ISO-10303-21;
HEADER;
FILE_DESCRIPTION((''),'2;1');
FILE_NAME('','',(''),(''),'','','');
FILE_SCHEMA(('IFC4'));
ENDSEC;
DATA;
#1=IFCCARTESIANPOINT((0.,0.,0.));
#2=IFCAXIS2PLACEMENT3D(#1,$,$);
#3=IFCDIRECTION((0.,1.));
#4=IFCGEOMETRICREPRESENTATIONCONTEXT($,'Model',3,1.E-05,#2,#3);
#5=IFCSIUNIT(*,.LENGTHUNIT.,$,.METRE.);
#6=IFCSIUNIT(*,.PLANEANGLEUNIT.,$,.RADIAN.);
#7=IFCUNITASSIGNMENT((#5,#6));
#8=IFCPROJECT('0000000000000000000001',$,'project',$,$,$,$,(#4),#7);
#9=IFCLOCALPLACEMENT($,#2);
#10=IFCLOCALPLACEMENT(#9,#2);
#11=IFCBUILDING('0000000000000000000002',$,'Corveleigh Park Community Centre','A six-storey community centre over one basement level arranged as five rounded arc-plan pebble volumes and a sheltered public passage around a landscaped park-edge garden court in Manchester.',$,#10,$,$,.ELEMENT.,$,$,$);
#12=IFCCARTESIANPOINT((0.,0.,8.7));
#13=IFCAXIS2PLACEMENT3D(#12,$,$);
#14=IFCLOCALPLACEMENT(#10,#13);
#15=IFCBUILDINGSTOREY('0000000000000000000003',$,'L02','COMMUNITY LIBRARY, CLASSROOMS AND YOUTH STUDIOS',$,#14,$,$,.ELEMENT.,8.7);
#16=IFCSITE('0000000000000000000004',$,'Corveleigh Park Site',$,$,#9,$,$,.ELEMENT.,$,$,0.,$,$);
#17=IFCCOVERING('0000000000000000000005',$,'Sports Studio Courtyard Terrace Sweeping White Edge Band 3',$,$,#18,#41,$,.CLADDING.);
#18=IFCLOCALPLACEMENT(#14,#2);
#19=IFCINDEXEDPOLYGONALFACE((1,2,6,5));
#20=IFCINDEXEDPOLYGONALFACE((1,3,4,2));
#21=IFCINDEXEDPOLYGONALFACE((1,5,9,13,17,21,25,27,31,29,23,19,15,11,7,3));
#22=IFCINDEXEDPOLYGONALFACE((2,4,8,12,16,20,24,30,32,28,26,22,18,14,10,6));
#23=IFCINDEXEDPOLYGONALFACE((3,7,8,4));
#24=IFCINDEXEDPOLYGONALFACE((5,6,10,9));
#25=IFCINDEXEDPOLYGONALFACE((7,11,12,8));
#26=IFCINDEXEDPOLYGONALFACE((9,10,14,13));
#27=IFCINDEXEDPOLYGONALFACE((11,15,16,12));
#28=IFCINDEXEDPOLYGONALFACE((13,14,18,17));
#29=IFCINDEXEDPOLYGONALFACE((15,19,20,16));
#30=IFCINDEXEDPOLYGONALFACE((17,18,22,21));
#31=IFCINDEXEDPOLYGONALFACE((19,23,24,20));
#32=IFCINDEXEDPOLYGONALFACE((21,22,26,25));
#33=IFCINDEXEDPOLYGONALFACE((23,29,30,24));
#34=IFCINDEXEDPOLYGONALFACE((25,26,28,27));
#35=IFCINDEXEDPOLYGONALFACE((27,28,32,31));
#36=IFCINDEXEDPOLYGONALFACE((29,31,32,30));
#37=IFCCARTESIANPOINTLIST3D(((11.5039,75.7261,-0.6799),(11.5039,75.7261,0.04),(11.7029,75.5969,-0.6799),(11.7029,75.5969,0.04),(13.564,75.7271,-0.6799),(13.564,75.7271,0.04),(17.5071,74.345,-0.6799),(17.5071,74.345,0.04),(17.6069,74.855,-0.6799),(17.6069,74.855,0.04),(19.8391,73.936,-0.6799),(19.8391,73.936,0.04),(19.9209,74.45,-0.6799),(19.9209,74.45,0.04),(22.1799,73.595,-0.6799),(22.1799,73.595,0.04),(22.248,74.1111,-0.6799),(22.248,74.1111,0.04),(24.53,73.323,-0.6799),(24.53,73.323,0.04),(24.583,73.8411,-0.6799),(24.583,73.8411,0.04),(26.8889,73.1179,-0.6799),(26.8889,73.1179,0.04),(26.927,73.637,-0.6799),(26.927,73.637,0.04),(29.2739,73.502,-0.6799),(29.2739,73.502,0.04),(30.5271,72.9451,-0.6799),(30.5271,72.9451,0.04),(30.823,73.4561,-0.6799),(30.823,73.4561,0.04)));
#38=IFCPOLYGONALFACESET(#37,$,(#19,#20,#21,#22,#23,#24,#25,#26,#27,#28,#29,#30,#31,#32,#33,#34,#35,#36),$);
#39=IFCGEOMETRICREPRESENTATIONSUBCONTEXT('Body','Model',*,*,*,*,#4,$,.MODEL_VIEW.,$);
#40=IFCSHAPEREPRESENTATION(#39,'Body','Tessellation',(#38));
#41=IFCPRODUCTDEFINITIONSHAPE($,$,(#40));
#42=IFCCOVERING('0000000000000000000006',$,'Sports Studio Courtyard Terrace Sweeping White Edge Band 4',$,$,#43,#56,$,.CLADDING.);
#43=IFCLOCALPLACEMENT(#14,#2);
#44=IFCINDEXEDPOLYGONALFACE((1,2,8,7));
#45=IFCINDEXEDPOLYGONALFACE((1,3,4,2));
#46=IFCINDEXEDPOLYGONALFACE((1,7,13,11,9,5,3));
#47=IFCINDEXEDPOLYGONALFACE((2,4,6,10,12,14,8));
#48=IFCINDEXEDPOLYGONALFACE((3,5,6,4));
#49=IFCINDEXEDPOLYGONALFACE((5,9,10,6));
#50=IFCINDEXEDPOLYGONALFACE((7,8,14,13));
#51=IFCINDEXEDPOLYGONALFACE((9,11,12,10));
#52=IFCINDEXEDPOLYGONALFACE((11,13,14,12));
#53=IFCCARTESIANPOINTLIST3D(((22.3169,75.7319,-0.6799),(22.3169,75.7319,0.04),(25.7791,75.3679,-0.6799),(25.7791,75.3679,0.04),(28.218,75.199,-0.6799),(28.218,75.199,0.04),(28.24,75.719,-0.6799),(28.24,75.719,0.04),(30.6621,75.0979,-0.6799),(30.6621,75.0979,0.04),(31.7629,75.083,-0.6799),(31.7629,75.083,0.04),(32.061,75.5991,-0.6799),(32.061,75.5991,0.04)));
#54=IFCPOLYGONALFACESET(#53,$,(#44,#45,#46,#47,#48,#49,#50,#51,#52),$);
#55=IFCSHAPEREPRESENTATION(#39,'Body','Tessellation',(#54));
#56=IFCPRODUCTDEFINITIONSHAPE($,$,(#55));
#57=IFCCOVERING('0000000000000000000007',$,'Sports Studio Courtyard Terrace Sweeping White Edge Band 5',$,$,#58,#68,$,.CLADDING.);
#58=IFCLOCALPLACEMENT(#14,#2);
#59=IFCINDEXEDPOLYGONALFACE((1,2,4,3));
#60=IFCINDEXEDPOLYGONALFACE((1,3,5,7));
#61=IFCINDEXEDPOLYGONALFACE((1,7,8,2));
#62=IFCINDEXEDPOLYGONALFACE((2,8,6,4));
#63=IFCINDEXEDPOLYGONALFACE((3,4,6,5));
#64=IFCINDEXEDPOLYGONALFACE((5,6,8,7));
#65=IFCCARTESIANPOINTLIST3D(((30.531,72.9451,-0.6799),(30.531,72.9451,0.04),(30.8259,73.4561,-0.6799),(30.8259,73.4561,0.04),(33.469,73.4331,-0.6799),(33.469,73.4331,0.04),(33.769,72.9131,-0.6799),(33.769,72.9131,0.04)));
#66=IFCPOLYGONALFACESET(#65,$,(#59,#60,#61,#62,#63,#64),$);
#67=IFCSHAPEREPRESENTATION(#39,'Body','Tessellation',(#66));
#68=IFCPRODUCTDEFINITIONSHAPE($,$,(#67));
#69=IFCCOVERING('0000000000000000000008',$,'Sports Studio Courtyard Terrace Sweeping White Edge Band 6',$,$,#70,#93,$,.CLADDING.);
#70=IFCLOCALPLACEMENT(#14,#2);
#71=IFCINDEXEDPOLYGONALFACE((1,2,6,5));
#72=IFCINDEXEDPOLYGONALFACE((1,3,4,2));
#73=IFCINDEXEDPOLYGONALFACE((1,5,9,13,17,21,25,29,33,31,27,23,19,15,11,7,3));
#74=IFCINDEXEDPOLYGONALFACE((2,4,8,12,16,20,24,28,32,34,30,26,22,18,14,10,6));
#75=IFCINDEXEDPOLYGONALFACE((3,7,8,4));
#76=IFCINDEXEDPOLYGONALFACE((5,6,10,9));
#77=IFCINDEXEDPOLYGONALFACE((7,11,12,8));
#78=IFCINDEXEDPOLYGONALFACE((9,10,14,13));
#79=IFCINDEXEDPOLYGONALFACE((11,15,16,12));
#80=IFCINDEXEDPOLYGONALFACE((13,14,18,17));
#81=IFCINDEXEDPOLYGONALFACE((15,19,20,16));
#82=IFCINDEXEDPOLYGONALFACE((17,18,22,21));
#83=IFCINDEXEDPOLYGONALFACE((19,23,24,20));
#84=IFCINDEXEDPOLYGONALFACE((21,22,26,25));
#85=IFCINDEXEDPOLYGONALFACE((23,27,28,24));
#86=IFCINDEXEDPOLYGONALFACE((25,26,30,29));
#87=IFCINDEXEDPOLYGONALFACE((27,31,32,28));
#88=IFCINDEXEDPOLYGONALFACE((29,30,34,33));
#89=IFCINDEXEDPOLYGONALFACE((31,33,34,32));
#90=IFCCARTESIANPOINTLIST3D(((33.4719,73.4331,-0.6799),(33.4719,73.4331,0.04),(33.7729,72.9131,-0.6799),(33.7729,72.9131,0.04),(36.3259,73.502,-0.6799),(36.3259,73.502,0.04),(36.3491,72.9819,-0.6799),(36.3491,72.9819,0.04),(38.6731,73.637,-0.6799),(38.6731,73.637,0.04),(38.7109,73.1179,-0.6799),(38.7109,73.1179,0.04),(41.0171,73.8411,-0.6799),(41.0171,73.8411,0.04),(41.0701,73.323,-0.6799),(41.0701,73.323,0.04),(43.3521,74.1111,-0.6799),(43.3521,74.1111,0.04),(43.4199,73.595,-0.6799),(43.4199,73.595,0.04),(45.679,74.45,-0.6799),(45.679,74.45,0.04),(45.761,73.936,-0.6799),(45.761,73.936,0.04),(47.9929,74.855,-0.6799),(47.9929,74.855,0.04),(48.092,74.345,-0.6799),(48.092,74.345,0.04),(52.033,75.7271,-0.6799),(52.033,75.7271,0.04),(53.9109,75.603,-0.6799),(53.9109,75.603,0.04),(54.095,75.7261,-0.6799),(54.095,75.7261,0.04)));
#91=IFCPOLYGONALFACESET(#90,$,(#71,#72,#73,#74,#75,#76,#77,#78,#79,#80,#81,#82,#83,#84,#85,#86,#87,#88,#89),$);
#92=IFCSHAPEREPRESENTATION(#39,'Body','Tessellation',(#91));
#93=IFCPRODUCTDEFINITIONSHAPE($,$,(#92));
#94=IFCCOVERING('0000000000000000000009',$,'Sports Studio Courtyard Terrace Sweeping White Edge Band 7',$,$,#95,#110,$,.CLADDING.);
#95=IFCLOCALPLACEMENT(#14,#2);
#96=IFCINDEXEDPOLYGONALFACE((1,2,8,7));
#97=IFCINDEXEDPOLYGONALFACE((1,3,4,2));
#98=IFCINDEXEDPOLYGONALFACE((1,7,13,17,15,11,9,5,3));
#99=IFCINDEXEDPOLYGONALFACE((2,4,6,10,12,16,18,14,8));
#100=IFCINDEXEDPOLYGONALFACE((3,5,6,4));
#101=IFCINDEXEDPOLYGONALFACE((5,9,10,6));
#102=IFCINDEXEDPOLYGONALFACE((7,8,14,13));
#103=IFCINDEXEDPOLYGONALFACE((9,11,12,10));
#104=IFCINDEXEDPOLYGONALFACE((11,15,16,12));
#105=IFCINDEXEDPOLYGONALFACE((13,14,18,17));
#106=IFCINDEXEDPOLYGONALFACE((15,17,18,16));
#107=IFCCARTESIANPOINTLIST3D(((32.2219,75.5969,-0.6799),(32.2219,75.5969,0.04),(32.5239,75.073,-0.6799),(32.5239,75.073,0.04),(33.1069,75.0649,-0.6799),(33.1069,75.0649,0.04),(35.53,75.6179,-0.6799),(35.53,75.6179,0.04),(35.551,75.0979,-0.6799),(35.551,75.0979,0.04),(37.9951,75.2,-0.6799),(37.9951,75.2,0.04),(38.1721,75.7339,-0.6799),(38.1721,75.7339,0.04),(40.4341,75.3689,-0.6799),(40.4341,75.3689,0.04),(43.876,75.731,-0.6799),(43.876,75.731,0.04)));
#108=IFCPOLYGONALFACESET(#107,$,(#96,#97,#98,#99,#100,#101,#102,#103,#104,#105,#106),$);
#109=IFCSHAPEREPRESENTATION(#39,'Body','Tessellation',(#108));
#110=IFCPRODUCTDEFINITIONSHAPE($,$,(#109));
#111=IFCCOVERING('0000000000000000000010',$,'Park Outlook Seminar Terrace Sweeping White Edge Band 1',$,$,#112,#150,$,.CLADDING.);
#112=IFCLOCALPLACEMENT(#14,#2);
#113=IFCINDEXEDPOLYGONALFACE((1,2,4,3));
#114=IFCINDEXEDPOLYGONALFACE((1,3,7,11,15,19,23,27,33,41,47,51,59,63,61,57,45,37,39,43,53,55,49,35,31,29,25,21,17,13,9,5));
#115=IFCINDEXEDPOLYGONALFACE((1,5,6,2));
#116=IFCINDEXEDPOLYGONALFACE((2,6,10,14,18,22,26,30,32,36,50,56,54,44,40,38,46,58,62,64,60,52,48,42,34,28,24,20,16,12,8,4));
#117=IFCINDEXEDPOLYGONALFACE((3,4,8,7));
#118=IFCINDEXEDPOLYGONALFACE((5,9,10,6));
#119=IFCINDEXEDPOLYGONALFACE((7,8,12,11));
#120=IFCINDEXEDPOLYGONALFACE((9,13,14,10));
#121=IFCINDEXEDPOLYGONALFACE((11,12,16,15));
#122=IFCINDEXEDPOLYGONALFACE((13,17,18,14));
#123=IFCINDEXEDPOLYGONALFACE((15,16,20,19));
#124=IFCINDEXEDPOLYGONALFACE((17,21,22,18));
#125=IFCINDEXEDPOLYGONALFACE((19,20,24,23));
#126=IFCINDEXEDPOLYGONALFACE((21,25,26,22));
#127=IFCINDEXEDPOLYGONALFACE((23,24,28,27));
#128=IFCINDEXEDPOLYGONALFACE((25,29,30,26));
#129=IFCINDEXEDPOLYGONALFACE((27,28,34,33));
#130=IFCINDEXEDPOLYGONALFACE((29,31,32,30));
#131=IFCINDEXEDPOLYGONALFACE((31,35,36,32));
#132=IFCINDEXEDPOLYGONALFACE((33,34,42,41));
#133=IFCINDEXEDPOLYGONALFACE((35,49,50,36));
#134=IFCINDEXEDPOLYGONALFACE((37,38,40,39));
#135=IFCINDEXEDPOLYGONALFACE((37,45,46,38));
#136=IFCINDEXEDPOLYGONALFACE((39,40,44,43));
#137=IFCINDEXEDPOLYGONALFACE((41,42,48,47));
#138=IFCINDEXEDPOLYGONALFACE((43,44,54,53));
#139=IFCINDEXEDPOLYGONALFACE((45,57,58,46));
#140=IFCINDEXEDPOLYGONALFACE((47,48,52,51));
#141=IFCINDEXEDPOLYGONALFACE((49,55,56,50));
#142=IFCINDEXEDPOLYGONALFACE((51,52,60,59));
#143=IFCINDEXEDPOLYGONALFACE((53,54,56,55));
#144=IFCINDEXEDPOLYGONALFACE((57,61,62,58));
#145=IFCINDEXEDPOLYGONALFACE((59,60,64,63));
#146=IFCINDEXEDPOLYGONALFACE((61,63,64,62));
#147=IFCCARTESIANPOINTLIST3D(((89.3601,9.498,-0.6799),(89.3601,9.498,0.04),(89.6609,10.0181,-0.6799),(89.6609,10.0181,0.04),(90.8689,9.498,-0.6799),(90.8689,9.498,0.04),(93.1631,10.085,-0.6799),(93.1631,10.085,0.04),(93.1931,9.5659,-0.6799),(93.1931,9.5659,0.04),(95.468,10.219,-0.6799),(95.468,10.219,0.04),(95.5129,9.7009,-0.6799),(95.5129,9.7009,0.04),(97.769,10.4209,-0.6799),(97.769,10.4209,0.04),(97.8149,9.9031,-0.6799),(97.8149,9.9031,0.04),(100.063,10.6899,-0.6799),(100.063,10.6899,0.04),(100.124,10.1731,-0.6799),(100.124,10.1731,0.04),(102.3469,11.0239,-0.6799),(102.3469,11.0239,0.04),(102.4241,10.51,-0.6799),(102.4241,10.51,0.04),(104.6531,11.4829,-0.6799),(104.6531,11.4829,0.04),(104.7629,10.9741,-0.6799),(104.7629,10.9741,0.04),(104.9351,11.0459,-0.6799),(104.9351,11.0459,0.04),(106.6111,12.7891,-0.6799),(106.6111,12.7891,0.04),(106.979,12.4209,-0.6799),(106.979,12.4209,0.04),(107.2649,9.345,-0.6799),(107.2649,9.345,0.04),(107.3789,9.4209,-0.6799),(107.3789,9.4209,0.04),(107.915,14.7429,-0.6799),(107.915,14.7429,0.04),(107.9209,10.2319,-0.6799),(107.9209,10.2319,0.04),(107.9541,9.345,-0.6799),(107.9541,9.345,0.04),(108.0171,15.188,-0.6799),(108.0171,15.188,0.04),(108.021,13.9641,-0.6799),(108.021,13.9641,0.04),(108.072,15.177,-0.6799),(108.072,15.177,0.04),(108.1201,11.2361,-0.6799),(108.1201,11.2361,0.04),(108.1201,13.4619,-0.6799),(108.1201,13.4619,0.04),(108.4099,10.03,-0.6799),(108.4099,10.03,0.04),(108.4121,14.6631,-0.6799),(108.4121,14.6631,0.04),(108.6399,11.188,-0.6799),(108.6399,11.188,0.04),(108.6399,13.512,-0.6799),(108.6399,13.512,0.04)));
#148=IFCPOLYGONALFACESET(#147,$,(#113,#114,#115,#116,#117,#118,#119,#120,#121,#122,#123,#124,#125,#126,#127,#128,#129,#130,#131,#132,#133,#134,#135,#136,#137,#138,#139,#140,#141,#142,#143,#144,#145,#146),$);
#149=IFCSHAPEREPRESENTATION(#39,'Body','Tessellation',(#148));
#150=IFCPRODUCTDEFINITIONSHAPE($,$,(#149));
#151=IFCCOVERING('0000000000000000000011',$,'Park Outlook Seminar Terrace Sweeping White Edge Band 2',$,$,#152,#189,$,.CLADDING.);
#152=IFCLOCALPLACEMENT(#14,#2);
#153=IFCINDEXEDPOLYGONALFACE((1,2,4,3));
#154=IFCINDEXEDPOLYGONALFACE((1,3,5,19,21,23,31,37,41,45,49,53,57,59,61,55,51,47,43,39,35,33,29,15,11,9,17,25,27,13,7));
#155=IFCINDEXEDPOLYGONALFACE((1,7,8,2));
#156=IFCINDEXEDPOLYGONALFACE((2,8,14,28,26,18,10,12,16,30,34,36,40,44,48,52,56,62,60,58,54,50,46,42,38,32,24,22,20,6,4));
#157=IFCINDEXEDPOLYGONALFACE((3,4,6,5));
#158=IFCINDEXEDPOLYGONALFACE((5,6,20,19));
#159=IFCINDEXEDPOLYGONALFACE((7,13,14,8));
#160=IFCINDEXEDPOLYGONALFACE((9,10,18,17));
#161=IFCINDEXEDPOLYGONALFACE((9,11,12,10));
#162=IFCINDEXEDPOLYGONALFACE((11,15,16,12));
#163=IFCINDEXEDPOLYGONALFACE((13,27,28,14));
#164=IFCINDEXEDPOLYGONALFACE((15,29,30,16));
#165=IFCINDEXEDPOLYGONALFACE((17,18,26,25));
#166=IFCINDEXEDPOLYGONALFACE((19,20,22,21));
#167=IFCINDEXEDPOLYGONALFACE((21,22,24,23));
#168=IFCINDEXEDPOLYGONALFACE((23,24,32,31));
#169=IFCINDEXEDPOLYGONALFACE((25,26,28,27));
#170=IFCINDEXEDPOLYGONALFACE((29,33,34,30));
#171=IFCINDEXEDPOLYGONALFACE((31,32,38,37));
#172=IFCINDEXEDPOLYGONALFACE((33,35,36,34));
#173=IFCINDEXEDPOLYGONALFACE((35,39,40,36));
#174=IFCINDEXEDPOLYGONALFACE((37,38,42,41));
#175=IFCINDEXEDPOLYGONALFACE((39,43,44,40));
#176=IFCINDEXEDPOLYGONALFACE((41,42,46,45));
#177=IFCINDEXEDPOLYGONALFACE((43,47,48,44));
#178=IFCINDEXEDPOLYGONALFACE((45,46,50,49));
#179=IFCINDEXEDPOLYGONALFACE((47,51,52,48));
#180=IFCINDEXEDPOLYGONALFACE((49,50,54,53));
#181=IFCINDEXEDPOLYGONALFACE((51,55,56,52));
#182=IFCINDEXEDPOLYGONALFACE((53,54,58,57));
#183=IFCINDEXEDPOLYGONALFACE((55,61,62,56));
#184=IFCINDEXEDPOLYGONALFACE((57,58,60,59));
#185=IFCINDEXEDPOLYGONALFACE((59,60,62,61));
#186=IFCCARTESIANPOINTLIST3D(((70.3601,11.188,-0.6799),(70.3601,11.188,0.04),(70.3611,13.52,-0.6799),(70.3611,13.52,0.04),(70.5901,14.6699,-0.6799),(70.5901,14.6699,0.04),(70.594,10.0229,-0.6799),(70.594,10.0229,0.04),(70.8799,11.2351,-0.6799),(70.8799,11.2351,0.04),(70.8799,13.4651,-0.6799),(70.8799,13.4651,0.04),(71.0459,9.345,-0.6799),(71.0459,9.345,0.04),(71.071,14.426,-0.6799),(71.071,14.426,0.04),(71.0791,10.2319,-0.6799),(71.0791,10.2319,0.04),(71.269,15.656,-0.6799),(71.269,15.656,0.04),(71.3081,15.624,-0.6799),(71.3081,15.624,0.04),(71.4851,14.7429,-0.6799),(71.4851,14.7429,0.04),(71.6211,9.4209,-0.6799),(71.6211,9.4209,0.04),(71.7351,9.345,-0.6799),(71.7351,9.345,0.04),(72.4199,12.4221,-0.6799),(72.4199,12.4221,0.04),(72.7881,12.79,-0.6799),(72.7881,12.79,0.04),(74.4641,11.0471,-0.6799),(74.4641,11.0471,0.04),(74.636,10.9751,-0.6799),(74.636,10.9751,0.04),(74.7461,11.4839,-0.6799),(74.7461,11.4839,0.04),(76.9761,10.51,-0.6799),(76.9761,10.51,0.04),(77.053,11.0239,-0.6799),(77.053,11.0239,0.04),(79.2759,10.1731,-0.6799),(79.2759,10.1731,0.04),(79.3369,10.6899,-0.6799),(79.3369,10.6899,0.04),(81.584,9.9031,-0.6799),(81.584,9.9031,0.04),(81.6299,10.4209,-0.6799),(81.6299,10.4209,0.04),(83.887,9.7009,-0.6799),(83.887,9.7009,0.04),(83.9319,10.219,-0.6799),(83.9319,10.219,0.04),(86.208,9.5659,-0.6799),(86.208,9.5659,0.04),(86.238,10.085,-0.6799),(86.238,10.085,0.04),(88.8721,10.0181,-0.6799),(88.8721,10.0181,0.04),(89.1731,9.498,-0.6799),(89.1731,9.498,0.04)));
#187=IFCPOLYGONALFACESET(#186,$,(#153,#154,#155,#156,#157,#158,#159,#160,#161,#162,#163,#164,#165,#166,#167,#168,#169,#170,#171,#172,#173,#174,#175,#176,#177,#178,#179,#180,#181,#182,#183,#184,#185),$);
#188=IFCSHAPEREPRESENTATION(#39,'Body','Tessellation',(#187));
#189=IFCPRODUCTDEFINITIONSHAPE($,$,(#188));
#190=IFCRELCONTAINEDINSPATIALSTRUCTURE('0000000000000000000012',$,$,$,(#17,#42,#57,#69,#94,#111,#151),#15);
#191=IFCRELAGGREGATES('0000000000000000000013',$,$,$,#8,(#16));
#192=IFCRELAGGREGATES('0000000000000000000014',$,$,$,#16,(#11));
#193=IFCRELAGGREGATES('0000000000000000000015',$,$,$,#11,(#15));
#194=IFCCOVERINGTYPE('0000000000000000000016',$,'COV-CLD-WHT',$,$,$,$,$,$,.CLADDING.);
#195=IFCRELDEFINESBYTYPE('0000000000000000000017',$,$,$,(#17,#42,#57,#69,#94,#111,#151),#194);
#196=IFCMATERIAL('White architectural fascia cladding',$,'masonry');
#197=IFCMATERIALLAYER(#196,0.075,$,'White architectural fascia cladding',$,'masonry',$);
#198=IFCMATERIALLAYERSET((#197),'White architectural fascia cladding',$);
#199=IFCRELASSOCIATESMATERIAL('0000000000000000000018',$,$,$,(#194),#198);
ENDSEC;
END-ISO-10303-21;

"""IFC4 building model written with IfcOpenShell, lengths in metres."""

from ifc_helpers import new_model, si_unit, direction, frame, origin, place, context, subcontext, project, spatial, polyline, outline, extrude, material, layer, layer_set, type_object, element, save


model = new_model("IFC4")

# Units and contexts
model_context = context("Model", 3, precision=1e-05, world=origin(), true_north=direction((0.0, 1.0)))
body_context = subcontext(model_context, "Body", "Model", "MODEL_VIEW")
ifc_project = project(units=[si_unit("LENGTHUNIT", "METRE"), si_unit("PLANEANGLEUNIT", "RADIAN")], contexts=[model_context])

# Site, building, storey
site_placement = place(None, origin())
site = spatial("IfcSite", under=ifc_project, at=site_placement, Name="Corveleigh Park Site", CompositionType="ELEMENT", RefElevation=0.0)
building_placement = place(site_placement, origin())
building = spatial("IfcBuilding", under=site, at=building_placement, Name="Corveleigh Park Community Centre", Description="A six-storey community centre over one basement level arranged as five rounded arc-plan pebble volumes and a sheltered public passage around a landscaped park-edge garden court in Manchester.", CompositionType="ELEMENT")
storey_placement = place(building_placement, frame((0.0, 0.0, 8.7)))
storey = spatial("IfcBuildingStorey", under=building, at=storey_placement, Name="L02", Description="COMMUNITY LIBRARY, CLASSROOMS AND YOUTH STUDIOS", CompositionType="ELEMENT", Elevation=8.7)

# Coverings
ifc_material = material(Name="White architectural fascia cladding", Category="masonry")
ifc_layer = layer(ifc_material, 0.075, Name="White architectural fascia cladding", Category="masonry")
ifc_layer_set = layer_set([ifc_layer], Name="White architectural fascia cladding")
covering_type = type_object("IfcCoveringType", Name="COV-CLD-WHT", PredefinedType="CLADDING", material=ifc_layer_set)
covering_1_placement = place(storey_placement, frame((0.0, 0.0, -0.6799)))
element("IfcCovering", 1, at=covering_1_placement, inside=storey, type_object=covering_type, Name="Sports Studio Courtyard Terrace Sweeping White Edge Band 3", PredefinedType="CLADDING", context=body_context, shape_type="SweptSolid", body=[
    extrude(outline(polyline([(30.5271, 72.9451), (26.8889, 73.1179), (24.53, 73.323), (22.1799, 73.595), (19.8391, 73.936), (17.5071, 74.345), (11.7029, 75.5969), (11.5039, 75.7261), (13.564, 75.7271), (17.6069, 74.855), (19.9209, 74.45), (22.248, 74.1111), (24.583, 73.8411), (26.927, 73.637), (29.2739, 73.502), (30.823, 73.4561), (30.5271, 72.9451)])), origin(), (0.0, 0.0, 1.0), 0.72),
])
covering_2_placement = place(storey_placement, frame((0.0, 0.0, -0.6799)))
element("IfcCovering", 2, at=covering_2_placement, inside=storey, type_object=covering_type, Name="Sports Studio Courtyard Terrace Sweeping White Edge Band 4", PredefinedType="CLADDING", context=body_context, shape_type="SweptSolid", body=[
    extrude(outline(polyline([(28.24, 75.719), (32.061, 75.5991), (31.7629, 75.083), (30.6621, 75.0979), (28.218, 75.199), (25.7791, 75.3679), (22.3169, 75.7319), (28.24, 75.719)])), origin(), (0.0, 0.0, 1.0), 0.72),
])
covering_3_placement = place(storey_placement, frame((0.0, 0.0, -0.6799)))
element("IfcCovering", 3, at=covering_3_placement, inside=storey, type_object=covering_type, Name="Sports Studio Courtyard Terrace Sweeping White Edge Band 5", PredefinedType="CLADDING", context=body_context, shape_type="SweptSolid", body=[
    extrude(outline(polyline([(33.769, 72.9131), (30.531, 72.9451), (30.8259, 73.4561), (33.469, 73.4331), (33.769, 72.9131)])), origin(), (0.0, 0.0, 1.0), 0.72),
])
covering_4_placement = place(storey_placement, frame((0.0, 0.0, -0.6799)))
element("IfcCovering", 4, at=covering_4_placement, inside=storey, type_object=covering_type, Name="Sports Studio Courtyard Terrace Sweeping White Edge Band 6", PredefinedType="CLADDING", context=body_context, shape_type="SweptSolid", body=[
    extrude(outline(polyline([(53.9109, 75.603), (48.092, 74.345), (45.761, 73.936), (43.4199, 73.595), (41.0701, 73.323), (38.7109, 73.1179), (36.3491, 72.9819), (33.7729, 72.9131), (33.4719, 73.4331), (36.3259, 73.502), (38.6731, 73.637), (41.0171, 73.8411), (43.3521, 74.1111), (45.679, 74.45), (47.9929, 74.855), (52.033, 75.7271), (54.095, 75.7261), (53.9109, 75.603)])), origin(), (0.0, 0.0, 1.0), 0.72),
])
covering_5_placement = place(storey_placement, frame((0.0, 0.0, -0.6799)))
element("IfcCovering", 5, at=covering_5_placement, inside=storey, type_object=covering_type, Name="Sports Studio Courtyard Terrace Sweeping White Edge Band 7", PredefinedType="CLADDING", context=body_context, shape_type="SweptSolid", body=[
    extrude(outline(polyline([(32.2219, 75.5969), (35.53, 75.6179), (38.1721, 75.7339), (43.876, 75.731), (40.4341, 75.3689), (37.9951, 75.2), (35.551, 75.0979), (33.1069, 75.0649), (32.5239, 75.073), (32.2219, 75.5969)])), origin(), (0.0, 0.0, 1.0), 0.72),
])
covering_6_placement = place(storey_placement, frame((0.0, 0.0, -0.6799)))
element("IfcCovering", 6, at=covering_6_placement, inside=storey, type_object=covering_type, Name="Park Outlook Seminar Terrace Sweeping White Edge Band 1", PredefinedType="CLADDING", context=body_context, shape_type="SweptSolid", body=[
    extrude(outline(polyline([(108.4121, 14.6631), (108.6399, 13.512), (108.6399, 11.188), (108.4099, 10.03), (107.9541, 9.345), (107.2649, 9.345), (107.3789, 9.4209), (107.9209, 10.2319), (108.1201, 11.2361), (108.1201, 13.4619), (108.021, 13.9641), (106.979, 12.4209), (104.9351, 11.0459), (104.7629, 10.9741), (102.4241, 10.51), (100.124, 10.1731), (97.8149, 9.9031), (95.5129, 9.7009), (93.1931, 9.5659), (90.8689, 9.498), (89.3601, 9.498), (89.6609, 10.0181), (93.1631, 10.085), (95.468, 10.219), (97.769, 10.4209), (100.063, 10.6899), (102.3469, 11.0239), (104.6531, 11.4829), (106.6111, 12.7891), (107.915, 14.7429), (108.0171, 15.188), (108.072, 15.177), (108.4121, 14.6631)])), origin(), (0.0, 0.0, 1.0), 0.72),
])
covering_7_placement = place(storey_placement, frame((0.0, 0.0, -0.6799)))
element("IfcCovering", 7, at=covering_7_placement, inside=storey, type_object=covering_type, Name="Park Outlook Seminar Terrace Sweeping White Edge Band 2", PredefinedType="CLADDING", context=body_context, shape_type="SweptSolid", body=[
    extrude(outline(polyline([(70.594, 10.0229), (70.3601, 11.188), (70.3611, 13.52), (70.5901, 14.6699), (71.269, 15.656), (71.3081, 15.624), (71.4851, 14.7429), (72.7881, 12.79), (74.7461, 11.4839), (77.053, 11.0239), (79.3369, 10.6899), (81.6299, 10.4209), (83.9319, 10.219), (86.238, 10.085), (88.8721, 10.0181), (89.1731, 9.498), (86.208, 9.5659), (83.887, 9.7009), (81.584, 9.9031), (79.2759, 10.1731), (76.9761, 10.51), (74.636, 10.9751), (74.4641, 11.0471), (72.4199, 12.4221), (71.071, 14.426), (70.8799, 13.4651), (70.8799, 11.2351), (71.0791, 10.2319), (71.6211, 9.4209), (71.7351, 9.345), (71.0459, 9.345), (70.594, 10.0229)])), origin(), (0.0, 0.0, 1.0), 0.72),
])

save(model, "model.ifc")
